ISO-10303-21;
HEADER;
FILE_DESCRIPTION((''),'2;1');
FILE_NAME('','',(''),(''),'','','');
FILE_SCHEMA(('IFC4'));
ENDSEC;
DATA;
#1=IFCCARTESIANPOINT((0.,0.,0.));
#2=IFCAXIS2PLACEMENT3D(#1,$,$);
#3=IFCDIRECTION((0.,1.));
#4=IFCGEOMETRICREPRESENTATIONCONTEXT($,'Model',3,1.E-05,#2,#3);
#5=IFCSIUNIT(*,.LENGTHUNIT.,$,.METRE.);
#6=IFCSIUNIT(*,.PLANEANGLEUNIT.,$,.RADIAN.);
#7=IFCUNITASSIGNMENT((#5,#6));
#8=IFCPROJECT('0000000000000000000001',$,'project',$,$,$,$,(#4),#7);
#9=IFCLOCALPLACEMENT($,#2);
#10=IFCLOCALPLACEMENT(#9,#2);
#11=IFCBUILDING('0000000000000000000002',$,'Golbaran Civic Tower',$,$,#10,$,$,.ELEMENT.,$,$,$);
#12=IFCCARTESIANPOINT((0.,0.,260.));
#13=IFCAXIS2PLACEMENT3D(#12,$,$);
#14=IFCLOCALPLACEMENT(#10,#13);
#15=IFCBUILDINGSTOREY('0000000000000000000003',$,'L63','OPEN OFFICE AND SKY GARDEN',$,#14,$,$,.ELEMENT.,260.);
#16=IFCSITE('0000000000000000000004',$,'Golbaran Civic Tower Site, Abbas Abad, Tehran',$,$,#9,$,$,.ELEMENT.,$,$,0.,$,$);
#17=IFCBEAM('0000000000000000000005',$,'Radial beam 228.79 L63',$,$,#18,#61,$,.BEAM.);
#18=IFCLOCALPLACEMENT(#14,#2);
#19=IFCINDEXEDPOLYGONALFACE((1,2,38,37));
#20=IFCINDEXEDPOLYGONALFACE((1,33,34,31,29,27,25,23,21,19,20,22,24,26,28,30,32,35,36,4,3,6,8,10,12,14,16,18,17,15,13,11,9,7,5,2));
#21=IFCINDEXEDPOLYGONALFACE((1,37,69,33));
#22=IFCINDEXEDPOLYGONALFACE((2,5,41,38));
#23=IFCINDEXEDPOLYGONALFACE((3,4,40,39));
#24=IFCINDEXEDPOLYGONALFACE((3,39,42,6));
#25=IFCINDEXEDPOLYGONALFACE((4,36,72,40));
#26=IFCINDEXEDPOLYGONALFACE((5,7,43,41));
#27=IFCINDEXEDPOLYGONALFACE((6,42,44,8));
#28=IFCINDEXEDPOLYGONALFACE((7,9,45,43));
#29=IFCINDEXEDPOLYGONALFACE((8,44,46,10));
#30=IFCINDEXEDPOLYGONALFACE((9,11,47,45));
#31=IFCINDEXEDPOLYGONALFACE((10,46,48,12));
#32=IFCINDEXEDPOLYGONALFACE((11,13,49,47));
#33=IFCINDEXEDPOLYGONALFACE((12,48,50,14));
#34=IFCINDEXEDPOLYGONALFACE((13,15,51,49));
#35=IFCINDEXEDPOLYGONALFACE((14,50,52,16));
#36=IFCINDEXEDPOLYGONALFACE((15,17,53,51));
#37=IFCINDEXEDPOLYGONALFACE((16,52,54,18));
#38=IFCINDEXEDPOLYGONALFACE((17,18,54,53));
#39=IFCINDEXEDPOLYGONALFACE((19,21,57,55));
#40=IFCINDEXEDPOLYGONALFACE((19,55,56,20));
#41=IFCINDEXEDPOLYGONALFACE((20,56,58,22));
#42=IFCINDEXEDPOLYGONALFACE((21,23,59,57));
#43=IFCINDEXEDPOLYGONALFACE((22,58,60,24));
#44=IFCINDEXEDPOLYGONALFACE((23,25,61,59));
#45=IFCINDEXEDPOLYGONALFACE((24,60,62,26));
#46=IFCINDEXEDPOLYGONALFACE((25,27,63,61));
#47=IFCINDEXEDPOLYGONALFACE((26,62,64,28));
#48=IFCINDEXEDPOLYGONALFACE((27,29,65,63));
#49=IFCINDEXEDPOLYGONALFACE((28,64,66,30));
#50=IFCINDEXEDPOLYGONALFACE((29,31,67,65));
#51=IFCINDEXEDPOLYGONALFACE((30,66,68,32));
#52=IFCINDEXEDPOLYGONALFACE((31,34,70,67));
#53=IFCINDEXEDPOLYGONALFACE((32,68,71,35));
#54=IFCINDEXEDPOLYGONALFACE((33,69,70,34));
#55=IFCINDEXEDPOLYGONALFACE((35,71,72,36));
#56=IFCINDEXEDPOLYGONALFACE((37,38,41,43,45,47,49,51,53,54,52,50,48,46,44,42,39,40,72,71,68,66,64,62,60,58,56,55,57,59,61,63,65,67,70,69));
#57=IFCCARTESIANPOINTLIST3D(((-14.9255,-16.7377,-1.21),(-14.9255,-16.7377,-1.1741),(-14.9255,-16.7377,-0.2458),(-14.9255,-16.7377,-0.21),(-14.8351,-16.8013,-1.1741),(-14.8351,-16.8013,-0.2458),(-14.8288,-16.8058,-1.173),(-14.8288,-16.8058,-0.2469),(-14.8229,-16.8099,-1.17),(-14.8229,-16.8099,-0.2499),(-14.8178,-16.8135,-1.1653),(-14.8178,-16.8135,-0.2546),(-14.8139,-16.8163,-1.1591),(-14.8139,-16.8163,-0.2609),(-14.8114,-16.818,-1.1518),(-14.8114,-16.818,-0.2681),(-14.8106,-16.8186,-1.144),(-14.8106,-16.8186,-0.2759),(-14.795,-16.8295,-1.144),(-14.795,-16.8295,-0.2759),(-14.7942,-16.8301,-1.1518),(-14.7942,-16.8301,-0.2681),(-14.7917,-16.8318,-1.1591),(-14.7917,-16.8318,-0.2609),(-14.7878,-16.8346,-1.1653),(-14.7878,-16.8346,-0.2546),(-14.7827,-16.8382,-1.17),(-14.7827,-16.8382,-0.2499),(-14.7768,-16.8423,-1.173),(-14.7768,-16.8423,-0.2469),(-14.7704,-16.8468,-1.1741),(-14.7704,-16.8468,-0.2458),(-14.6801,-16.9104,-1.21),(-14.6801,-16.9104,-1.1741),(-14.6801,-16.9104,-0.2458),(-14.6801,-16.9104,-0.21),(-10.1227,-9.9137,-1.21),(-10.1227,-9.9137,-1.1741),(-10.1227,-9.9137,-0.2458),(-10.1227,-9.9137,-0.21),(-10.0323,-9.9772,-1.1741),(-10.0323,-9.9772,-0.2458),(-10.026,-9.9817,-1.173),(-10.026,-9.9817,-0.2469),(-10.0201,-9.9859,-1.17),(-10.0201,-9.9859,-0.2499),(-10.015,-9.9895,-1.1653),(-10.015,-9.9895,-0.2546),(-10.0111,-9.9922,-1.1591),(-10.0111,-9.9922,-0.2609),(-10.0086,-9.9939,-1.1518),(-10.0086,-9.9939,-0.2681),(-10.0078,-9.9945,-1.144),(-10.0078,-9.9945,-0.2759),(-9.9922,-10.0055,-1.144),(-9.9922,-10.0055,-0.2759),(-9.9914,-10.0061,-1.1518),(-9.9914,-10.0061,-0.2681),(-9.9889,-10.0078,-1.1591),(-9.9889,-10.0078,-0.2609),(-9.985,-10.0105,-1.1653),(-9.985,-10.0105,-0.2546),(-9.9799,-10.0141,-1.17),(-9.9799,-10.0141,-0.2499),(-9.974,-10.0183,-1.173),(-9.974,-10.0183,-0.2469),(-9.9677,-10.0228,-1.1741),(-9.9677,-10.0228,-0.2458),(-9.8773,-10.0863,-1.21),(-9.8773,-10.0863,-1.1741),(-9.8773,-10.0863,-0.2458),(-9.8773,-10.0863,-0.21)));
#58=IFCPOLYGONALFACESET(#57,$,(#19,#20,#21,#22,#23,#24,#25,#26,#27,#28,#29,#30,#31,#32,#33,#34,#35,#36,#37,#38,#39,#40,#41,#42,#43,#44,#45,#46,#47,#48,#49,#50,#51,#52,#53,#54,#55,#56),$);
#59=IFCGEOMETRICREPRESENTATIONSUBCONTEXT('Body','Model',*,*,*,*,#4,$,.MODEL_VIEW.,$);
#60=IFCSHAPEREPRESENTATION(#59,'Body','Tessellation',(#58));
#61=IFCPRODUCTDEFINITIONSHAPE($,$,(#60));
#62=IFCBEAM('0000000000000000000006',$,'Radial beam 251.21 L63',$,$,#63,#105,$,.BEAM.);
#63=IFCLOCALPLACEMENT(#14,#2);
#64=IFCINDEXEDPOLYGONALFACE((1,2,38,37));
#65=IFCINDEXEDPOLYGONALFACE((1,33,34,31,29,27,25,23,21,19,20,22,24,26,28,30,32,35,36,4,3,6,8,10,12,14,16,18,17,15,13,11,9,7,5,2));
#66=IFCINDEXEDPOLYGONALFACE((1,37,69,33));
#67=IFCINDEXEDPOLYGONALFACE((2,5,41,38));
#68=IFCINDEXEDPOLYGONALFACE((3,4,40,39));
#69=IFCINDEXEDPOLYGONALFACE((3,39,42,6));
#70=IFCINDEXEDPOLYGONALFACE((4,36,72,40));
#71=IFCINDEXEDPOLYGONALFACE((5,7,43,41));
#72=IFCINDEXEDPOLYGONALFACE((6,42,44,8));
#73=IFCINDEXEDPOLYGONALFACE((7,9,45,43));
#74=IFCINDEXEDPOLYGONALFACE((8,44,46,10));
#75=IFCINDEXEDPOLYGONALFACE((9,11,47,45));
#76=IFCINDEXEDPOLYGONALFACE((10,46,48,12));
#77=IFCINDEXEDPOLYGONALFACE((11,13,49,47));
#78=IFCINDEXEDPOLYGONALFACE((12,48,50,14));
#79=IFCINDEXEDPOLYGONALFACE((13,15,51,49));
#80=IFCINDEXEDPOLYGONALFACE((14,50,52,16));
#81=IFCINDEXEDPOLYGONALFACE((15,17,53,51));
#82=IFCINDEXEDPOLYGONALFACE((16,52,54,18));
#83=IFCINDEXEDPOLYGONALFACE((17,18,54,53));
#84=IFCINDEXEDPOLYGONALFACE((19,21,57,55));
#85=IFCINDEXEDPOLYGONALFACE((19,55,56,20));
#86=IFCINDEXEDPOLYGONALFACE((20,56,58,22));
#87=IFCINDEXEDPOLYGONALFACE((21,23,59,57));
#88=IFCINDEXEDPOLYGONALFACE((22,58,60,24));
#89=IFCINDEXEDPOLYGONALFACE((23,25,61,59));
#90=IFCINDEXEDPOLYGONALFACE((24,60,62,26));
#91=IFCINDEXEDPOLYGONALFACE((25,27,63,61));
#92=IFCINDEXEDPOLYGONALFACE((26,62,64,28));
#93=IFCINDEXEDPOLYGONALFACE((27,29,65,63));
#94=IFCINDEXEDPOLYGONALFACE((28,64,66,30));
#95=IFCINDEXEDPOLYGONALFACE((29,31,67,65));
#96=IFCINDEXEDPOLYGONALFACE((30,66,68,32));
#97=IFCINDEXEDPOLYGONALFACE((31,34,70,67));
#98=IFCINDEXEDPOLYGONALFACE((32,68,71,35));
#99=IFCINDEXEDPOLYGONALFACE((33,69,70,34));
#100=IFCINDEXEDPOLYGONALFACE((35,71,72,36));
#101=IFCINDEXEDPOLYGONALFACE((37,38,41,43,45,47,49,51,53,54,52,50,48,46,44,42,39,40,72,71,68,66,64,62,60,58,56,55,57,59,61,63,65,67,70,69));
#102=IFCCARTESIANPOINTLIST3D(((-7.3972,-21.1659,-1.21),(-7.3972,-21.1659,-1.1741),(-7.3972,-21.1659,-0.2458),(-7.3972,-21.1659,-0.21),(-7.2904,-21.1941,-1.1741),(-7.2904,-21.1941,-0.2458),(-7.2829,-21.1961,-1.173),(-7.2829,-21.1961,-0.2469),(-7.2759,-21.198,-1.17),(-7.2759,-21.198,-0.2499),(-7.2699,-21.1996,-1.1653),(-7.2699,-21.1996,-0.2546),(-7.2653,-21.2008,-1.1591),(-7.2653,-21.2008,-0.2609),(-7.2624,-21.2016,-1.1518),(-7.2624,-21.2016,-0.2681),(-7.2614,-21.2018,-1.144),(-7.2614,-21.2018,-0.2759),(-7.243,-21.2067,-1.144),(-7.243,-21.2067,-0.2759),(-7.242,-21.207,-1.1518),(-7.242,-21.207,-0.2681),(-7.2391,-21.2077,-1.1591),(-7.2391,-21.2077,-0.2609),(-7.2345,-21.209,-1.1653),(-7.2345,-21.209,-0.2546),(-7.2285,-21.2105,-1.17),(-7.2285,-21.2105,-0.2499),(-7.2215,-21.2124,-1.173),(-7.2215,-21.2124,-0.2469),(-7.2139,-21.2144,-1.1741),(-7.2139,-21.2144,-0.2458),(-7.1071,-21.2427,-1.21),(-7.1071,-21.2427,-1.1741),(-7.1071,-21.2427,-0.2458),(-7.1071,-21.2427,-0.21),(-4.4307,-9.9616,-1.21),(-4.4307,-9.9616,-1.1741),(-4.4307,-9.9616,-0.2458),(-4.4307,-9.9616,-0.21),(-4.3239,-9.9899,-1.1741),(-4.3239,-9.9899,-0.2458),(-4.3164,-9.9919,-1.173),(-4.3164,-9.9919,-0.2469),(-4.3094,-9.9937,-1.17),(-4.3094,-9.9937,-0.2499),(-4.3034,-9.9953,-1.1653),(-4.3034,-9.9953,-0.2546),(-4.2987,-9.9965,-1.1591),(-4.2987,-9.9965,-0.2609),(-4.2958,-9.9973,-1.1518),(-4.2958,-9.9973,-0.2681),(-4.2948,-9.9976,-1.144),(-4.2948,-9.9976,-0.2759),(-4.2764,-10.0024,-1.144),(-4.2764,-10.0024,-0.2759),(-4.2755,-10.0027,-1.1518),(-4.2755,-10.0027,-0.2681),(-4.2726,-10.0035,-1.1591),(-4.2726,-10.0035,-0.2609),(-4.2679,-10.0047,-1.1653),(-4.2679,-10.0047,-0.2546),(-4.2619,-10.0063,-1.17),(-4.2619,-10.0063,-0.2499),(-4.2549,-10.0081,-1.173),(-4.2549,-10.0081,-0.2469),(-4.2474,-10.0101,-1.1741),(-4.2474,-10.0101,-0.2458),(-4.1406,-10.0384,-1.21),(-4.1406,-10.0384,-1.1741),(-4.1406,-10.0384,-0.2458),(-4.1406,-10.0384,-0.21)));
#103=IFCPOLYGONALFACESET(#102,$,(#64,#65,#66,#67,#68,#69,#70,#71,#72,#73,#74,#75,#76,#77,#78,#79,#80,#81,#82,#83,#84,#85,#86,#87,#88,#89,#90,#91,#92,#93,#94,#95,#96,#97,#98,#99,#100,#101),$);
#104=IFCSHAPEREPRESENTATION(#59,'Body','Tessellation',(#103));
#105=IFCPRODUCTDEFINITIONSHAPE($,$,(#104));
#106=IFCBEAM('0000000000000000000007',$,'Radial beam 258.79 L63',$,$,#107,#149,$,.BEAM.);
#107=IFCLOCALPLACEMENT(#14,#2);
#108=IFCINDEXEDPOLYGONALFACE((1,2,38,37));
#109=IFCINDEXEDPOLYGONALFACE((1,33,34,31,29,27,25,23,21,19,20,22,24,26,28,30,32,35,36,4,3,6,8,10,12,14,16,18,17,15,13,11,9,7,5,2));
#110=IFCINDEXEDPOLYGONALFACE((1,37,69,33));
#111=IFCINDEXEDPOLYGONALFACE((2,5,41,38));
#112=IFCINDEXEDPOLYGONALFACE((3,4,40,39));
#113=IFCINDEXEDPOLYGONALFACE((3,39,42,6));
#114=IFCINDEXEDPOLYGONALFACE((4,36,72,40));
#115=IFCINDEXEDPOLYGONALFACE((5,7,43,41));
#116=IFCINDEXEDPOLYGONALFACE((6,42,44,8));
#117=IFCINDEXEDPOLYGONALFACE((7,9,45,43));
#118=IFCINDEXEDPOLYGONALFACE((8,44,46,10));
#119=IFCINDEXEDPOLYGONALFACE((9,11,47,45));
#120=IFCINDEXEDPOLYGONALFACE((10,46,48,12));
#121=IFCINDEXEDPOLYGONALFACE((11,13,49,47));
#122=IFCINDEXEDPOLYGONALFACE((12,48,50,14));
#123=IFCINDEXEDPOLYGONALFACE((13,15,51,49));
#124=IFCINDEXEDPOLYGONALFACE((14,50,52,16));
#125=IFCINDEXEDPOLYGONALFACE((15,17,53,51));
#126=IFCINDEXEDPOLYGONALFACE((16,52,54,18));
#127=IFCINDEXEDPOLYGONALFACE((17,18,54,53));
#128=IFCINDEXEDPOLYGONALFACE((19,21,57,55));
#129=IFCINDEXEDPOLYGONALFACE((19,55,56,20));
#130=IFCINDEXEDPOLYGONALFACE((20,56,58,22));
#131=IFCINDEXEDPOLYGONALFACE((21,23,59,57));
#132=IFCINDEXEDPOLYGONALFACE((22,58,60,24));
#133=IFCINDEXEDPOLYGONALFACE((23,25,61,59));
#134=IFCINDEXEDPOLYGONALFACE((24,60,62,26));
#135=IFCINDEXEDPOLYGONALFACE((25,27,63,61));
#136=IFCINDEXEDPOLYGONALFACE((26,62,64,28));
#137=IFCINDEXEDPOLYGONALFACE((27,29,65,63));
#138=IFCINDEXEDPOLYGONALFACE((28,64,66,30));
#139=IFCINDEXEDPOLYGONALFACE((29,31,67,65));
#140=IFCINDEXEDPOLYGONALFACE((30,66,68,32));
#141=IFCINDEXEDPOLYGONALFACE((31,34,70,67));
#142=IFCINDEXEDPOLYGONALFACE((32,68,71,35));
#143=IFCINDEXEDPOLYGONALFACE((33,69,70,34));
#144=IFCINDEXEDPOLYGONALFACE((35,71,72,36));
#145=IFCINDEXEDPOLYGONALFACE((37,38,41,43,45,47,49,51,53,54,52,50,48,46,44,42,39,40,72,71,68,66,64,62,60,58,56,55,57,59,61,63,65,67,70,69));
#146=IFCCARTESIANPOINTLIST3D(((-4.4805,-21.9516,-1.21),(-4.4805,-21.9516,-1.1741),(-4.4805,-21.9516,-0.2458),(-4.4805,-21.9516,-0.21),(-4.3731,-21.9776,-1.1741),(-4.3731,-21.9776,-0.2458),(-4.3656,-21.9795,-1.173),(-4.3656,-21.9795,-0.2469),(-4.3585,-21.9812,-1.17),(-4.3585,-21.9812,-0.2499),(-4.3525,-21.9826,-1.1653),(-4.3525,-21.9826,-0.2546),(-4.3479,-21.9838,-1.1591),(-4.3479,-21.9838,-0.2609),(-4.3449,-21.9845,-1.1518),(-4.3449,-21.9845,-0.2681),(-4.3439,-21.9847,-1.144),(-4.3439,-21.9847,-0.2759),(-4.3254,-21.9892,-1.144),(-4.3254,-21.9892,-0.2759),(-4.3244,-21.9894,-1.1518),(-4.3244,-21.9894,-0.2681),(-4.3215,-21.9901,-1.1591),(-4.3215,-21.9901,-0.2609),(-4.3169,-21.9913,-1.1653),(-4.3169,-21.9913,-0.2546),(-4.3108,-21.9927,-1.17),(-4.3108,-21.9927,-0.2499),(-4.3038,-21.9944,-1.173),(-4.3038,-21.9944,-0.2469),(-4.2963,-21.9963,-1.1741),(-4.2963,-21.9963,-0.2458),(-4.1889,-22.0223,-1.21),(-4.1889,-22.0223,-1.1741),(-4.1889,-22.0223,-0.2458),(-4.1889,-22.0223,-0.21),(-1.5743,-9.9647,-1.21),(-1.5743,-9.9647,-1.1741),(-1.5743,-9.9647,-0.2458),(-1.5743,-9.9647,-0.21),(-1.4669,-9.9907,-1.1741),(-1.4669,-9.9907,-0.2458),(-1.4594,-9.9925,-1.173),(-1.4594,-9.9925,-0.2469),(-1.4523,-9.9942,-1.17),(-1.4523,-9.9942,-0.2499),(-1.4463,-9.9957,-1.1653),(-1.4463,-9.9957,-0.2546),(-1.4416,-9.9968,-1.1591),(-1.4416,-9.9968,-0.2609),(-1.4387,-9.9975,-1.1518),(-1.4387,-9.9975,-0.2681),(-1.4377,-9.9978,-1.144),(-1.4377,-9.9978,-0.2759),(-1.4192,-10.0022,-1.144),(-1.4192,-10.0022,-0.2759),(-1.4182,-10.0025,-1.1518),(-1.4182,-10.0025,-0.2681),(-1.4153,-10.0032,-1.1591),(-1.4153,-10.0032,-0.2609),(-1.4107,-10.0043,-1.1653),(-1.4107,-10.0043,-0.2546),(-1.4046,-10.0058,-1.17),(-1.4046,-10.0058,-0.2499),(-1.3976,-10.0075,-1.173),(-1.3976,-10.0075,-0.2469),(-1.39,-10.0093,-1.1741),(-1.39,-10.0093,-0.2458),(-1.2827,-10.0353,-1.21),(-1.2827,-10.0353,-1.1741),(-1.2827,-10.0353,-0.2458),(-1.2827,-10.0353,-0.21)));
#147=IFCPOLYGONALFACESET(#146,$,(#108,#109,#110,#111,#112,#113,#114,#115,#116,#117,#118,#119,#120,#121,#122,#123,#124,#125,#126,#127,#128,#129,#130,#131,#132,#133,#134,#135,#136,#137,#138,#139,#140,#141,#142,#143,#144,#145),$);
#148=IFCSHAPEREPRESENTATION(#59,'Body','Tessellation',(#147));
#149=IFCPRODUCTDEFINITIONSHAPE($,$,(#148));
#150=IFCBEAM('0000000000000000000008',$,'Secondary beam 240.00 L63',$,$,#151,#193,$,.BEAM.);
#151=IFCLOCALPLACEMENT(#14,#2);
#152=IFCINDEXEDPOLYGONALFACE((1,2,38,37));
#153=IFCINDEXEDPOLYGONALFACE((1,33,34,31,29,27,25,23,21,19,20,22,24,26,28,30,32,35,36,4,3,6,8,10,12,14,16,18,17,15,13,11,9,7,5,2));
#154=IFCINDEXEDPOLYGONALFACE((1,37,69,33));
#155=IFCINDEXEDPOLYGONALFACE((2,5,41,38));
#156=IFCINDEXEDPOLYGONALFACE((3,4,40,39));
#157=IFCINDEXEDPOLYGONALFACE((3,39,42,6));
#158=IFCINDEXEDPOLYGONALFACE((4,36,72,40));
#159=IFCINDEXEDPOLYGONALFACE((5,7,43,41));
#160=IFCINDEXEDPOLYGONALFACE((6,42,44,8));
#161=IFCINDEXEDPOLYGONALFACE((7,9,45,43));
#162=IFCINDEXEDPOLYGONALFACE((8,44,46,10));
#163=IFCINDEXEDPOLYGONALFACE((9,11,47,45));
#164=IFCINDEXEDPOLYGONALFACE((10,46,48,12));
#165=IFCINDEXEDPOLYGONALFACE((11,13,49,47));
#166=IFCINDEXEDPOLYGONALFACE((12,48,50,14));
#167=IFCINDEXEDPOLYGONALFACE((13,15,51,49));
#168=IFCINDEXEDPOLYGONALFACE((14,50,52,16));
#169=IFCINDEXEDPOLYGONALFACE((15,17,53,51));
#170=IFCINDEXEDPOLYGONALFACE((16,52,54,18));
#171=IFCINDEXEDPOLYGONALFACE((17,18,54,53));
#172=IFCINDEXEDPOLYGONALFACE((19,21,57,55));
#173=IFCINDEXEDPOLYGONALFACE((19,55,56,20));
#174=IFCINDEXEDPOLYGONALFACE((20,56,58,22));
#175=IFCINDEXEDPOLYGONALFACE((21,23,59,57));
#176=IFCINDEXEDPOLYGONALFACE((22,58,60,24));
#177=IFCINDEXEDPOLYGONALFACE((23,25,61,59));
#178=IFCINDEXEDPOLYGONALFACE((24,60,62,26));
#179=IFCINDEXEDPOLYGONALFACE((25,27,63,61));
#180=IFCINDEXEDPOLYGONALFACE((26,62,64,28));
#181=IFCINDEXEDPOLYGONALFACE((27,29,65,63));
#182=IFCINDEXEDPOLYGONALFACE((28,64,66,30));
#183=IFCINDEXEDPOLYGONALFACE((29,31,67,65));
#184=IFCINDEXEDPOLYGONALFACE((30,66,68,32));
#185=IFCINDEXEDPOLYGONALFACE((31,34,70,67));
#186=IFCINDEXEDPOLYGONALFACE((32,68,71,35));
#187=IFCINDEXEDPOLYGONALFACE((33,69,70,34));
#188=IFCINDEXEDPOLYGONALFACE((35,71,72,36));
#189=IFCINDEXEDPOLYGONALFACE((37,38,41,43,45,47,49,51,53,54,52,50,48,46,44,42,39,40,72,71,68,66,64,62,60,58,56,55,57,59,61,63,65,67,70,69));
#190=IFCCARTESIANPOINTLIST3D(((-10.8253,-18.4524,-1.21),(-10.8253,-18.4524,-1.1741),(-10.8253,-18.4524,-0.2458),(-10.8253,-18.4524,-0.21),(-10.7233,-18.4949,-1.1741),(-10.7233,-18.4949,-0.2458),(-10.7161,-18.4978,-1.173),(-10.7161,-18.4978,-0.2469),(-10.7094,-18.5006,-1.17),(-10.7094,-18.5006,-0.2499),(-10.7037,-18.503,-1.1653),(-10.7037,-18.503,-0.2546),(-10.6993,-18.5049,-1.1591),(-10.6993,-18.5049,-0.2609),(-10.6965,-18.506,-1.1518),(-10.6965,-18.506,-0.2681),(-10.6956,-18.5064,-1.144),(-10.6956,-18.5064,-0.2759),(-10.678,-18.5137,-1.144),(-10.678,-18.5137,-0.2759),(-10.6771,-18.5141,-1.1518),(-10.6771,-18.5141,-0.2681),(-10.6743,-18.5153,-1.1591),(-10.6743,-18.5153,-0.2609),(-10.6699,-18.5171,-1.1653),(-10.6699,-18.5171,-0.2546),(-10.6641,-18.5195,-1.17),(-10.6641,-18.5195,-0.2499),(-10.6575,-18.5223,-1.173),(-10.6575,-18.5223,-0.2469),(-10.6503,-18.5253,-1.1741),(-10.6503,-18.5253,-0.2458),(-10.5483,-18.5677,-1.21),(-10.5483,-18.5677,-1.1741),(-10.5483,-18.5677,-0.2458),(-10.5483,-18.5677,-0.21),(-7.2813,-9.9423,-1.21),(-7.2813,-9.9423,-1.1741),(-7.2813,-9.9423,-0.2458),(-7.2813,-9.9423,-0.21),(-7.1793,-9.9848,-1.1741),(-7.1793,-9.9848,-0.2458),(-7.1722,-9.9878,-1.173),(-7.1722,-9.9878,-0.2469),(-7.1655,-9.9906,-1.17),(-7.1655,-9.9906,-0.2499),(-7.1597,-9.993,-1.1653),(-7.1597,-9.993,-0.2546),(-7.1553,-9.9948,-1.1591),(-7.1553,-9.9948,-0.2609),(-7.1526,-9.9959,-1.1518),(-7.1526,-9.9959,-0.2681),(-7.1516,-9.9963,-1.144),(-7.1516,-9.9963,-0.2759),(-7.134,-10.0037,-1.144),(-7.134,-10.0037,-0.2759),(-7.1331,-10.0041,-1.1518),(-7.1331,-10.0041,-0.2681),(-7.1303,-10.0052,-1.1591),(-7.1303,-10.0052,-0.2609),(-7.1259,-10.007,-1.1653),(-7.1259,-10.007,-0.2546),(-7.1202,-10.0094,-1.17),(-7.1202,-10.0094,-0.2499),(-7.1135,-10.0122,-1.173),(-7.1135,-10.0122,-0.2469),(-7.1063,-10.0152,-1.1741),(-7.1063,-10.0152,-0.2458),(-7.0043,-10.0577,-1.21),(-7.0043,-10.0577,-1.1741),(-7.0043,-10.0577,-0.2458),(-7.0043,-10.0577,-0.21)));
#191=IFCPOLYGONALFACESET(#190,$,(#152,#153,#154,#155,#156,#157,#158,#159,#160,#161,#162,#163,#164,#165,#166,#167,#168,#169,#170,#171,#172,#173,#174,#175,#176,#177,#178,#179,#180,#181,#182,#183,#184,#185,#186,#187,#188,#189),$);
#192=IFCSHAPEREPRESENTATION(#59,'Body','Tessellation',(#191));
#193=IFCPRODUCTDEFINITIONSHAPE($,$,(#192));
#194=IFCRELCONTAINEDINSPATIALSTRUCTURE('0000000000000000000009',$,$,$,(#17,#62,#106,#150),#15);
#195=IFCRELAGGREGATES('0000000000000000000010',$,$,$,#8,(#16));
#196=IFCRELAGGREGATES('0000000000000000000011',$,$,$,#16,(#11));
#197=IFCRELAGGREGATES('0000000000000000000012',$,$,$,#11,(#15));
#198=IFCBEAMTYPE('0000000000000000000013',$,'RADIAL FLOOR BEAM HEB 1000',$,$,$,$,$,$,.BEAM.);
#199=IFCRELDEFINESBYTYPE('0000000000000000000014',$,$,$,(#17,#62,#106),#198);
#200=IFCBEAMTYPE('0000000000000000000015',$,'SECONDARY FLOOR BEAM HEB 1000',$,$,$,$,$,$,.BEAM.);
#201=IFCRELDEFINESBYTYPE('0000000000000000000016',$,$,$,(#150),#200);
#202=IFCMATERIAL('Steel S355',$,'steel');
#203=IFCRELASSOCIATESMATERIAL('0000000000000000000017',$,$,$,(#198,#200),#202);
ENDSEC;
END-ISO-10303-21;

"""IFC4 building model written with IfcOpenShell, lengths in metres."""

from ifc_helpers import new_model, si_unit, direction, frame, origin, origin_2d, place, context, subcontext, project, spatial, i_section, extrude, material, material_profile, profile_set, type_object, element, save


model = new_model("IFC4")

# Units and contexts
model_context = context("Model", 3, precision=1e-05, world=origin(), true_north=direction((0.0, 1.0)))
body_context = subcontext(model_context, "Body", "Model", "MODEL_VIEW")
ifc_project = project(units=[si_unit("LENGTHUNIT", "METRE"), si_unit("PLANEANGLEUNIT", "RADIAN")], contexts=[model_context])

# Site, building, storey
site_placement = place(None, origin())
site = spatial("IfcSite", under=ifc_project, at=site_placement, Name="Golbaran Civic Tower Site, Abbas Abad, Tehran", CompositionType="ELEMENT", RefElevation=0.0)
building_placement = place(site_placement, origin())
building = spatial("IfcBuilding", under=site, at=building_placement, Name="Golbaran Civic Tower", CompositionType="ELEMENT")
storey_placement = place(building_placement, frame((0.0, 0.0, 260.0)))
storey = spatial("IfcBuildingStorey", under=building, at=storey_placement, Name="L63", Description="OPEN OFFICE AND SKY GARDEN", CompositionType="ELEMENT", Elevation=260.0)

# Beams
ifc_material_1 = material(Name="Steel S355", Category="steel")
ifc_material_profile_1 = material_profile(ifc_material_1, i_section(OverallWidth=0.3, OverallDepth=1.0, WebThickness=0.019, FlangeThickness=0.0359, FilletRadius=0.03, at=origin_2d()), Name="HEB 1000")
ifc_profile_set_1 = profile_set([ifc_material_profile_1], Name="Steel S355")
beam_type_1 = type_object("IfcBeamType", Name="RADIAL FLOOR BEAM HEB 1000", PredefinedType="BEAM", material=ifc_profile_set_1)
beam_1_placement = place(storey_placement, frame((-10.0, -10.0, -0.71), z_axis=(-0.575548, -0.817768, 0.0), x_axis=(0.817768, -0.575548, 0.0)))
element("IfcBeam", 1, at=beam_1_placement, inside=storey, type_object=beam_type_1, Name="Radial beam 228.79 L63", PredefinedType="BEAM", context=body_context, shape_type="SweptSolid", body=[
    extrude(i_section(OverallWidth=0.3, OverallDepth=1.0, WebThickness=0.019, FlangeThickness=0.0359, FilletRadius=0.03, at=origin_2d()), origin(), (0.0, 0.0, 1.0), 8.3447),
])
beam_2_placement = place(storey_placement, frame((-4.2856, -10.0, -0.71), z_axis=(-0.255949, -0.96669, 0.0), x_axis=(0.96669, -0.255949, 0.0)))
element("IfcBeam", 2, at=beam_2_placement, inside=storey, type_object=beam_type_1, Name="Radial beam 251.21 L63", PredefinedType="BEAM", context=body_context, shape_type="SweptSolid", body=[
    extrude(i_section(OverallWidth=0.3, OverallDepth=1.0, WebThickness=0.019, FlangeThickness=0.0359, FilletRadius=0.03, at=origin_2d()), origin(), (0.0, 0.0, 1.0), 11.5903),
])
beam_3_placement = place(storey_placement, frame((-1.4285, -10.0, -0.71), z_axis=(-0.235623, -0.971845, 0.0), x_axis=(0.971845, -0.235623, 0.0)))
element("IfcBeam", 3, at=beam_3_placement, inside=storey, type_object=beam_type_1, Name="Radial beam 258.79 L63", PredefinedType="BEAM", context=body_context, shape_type="SweptSolid", body=[
    extrude(i_section(OverallWidth=0.3, OverallDepth=1.0, WebThickness=0.019, FlangeThickness=0.0359, FilletRadius=0.03, at=origin_2d()), origin(), (0.0, 0.0, 1.0), 12.3342),
])
ifc_material_profile_2 = material_profile(ifc_material_1, i_section(OverallWidth=0.3, OverallDepth=1.0, WebThickness=0.019, FlangeThickness=0.0359, FilletRadius=0.03, at=origin_2d()), Name="HEB 1000")
ifc_profile_set_2 = profile_set([ifc_material_profile_2], Name="Steel S355")
beam_type_2 = type_object("IfcBeamType", Name="SECONDARY FLOOR BEAM HEB 1000", PredefinedType="BEAM", material=ifc_profile_set_2)
beam_4_placement = place(storey_placement, frame((-7.1428, -10.0, -0.71), z_axis=(-0.38444, -0.92315, 0.0), x_axis=(0.92315, -0.38444, 0.0)))
element("IfcBeam", 4, at=beam_4_placement, inside=storey, type_object=beam_type_2, Name="Secondary beam 240.00 L63", PredefinedType="BEAM", context=body_context, shape_type="SweptSolid", body=[
    extrude(i_section(OverallWidth=0.3, OverallDepth=1.0, WebThickness=0.019, FlangeThickness=0.0359, FilletRadius=0.03, at=origin_2d()), origin(), (0.0, 0.0, 1.0), 9.2185),
])

save(model, "model.ifc")
